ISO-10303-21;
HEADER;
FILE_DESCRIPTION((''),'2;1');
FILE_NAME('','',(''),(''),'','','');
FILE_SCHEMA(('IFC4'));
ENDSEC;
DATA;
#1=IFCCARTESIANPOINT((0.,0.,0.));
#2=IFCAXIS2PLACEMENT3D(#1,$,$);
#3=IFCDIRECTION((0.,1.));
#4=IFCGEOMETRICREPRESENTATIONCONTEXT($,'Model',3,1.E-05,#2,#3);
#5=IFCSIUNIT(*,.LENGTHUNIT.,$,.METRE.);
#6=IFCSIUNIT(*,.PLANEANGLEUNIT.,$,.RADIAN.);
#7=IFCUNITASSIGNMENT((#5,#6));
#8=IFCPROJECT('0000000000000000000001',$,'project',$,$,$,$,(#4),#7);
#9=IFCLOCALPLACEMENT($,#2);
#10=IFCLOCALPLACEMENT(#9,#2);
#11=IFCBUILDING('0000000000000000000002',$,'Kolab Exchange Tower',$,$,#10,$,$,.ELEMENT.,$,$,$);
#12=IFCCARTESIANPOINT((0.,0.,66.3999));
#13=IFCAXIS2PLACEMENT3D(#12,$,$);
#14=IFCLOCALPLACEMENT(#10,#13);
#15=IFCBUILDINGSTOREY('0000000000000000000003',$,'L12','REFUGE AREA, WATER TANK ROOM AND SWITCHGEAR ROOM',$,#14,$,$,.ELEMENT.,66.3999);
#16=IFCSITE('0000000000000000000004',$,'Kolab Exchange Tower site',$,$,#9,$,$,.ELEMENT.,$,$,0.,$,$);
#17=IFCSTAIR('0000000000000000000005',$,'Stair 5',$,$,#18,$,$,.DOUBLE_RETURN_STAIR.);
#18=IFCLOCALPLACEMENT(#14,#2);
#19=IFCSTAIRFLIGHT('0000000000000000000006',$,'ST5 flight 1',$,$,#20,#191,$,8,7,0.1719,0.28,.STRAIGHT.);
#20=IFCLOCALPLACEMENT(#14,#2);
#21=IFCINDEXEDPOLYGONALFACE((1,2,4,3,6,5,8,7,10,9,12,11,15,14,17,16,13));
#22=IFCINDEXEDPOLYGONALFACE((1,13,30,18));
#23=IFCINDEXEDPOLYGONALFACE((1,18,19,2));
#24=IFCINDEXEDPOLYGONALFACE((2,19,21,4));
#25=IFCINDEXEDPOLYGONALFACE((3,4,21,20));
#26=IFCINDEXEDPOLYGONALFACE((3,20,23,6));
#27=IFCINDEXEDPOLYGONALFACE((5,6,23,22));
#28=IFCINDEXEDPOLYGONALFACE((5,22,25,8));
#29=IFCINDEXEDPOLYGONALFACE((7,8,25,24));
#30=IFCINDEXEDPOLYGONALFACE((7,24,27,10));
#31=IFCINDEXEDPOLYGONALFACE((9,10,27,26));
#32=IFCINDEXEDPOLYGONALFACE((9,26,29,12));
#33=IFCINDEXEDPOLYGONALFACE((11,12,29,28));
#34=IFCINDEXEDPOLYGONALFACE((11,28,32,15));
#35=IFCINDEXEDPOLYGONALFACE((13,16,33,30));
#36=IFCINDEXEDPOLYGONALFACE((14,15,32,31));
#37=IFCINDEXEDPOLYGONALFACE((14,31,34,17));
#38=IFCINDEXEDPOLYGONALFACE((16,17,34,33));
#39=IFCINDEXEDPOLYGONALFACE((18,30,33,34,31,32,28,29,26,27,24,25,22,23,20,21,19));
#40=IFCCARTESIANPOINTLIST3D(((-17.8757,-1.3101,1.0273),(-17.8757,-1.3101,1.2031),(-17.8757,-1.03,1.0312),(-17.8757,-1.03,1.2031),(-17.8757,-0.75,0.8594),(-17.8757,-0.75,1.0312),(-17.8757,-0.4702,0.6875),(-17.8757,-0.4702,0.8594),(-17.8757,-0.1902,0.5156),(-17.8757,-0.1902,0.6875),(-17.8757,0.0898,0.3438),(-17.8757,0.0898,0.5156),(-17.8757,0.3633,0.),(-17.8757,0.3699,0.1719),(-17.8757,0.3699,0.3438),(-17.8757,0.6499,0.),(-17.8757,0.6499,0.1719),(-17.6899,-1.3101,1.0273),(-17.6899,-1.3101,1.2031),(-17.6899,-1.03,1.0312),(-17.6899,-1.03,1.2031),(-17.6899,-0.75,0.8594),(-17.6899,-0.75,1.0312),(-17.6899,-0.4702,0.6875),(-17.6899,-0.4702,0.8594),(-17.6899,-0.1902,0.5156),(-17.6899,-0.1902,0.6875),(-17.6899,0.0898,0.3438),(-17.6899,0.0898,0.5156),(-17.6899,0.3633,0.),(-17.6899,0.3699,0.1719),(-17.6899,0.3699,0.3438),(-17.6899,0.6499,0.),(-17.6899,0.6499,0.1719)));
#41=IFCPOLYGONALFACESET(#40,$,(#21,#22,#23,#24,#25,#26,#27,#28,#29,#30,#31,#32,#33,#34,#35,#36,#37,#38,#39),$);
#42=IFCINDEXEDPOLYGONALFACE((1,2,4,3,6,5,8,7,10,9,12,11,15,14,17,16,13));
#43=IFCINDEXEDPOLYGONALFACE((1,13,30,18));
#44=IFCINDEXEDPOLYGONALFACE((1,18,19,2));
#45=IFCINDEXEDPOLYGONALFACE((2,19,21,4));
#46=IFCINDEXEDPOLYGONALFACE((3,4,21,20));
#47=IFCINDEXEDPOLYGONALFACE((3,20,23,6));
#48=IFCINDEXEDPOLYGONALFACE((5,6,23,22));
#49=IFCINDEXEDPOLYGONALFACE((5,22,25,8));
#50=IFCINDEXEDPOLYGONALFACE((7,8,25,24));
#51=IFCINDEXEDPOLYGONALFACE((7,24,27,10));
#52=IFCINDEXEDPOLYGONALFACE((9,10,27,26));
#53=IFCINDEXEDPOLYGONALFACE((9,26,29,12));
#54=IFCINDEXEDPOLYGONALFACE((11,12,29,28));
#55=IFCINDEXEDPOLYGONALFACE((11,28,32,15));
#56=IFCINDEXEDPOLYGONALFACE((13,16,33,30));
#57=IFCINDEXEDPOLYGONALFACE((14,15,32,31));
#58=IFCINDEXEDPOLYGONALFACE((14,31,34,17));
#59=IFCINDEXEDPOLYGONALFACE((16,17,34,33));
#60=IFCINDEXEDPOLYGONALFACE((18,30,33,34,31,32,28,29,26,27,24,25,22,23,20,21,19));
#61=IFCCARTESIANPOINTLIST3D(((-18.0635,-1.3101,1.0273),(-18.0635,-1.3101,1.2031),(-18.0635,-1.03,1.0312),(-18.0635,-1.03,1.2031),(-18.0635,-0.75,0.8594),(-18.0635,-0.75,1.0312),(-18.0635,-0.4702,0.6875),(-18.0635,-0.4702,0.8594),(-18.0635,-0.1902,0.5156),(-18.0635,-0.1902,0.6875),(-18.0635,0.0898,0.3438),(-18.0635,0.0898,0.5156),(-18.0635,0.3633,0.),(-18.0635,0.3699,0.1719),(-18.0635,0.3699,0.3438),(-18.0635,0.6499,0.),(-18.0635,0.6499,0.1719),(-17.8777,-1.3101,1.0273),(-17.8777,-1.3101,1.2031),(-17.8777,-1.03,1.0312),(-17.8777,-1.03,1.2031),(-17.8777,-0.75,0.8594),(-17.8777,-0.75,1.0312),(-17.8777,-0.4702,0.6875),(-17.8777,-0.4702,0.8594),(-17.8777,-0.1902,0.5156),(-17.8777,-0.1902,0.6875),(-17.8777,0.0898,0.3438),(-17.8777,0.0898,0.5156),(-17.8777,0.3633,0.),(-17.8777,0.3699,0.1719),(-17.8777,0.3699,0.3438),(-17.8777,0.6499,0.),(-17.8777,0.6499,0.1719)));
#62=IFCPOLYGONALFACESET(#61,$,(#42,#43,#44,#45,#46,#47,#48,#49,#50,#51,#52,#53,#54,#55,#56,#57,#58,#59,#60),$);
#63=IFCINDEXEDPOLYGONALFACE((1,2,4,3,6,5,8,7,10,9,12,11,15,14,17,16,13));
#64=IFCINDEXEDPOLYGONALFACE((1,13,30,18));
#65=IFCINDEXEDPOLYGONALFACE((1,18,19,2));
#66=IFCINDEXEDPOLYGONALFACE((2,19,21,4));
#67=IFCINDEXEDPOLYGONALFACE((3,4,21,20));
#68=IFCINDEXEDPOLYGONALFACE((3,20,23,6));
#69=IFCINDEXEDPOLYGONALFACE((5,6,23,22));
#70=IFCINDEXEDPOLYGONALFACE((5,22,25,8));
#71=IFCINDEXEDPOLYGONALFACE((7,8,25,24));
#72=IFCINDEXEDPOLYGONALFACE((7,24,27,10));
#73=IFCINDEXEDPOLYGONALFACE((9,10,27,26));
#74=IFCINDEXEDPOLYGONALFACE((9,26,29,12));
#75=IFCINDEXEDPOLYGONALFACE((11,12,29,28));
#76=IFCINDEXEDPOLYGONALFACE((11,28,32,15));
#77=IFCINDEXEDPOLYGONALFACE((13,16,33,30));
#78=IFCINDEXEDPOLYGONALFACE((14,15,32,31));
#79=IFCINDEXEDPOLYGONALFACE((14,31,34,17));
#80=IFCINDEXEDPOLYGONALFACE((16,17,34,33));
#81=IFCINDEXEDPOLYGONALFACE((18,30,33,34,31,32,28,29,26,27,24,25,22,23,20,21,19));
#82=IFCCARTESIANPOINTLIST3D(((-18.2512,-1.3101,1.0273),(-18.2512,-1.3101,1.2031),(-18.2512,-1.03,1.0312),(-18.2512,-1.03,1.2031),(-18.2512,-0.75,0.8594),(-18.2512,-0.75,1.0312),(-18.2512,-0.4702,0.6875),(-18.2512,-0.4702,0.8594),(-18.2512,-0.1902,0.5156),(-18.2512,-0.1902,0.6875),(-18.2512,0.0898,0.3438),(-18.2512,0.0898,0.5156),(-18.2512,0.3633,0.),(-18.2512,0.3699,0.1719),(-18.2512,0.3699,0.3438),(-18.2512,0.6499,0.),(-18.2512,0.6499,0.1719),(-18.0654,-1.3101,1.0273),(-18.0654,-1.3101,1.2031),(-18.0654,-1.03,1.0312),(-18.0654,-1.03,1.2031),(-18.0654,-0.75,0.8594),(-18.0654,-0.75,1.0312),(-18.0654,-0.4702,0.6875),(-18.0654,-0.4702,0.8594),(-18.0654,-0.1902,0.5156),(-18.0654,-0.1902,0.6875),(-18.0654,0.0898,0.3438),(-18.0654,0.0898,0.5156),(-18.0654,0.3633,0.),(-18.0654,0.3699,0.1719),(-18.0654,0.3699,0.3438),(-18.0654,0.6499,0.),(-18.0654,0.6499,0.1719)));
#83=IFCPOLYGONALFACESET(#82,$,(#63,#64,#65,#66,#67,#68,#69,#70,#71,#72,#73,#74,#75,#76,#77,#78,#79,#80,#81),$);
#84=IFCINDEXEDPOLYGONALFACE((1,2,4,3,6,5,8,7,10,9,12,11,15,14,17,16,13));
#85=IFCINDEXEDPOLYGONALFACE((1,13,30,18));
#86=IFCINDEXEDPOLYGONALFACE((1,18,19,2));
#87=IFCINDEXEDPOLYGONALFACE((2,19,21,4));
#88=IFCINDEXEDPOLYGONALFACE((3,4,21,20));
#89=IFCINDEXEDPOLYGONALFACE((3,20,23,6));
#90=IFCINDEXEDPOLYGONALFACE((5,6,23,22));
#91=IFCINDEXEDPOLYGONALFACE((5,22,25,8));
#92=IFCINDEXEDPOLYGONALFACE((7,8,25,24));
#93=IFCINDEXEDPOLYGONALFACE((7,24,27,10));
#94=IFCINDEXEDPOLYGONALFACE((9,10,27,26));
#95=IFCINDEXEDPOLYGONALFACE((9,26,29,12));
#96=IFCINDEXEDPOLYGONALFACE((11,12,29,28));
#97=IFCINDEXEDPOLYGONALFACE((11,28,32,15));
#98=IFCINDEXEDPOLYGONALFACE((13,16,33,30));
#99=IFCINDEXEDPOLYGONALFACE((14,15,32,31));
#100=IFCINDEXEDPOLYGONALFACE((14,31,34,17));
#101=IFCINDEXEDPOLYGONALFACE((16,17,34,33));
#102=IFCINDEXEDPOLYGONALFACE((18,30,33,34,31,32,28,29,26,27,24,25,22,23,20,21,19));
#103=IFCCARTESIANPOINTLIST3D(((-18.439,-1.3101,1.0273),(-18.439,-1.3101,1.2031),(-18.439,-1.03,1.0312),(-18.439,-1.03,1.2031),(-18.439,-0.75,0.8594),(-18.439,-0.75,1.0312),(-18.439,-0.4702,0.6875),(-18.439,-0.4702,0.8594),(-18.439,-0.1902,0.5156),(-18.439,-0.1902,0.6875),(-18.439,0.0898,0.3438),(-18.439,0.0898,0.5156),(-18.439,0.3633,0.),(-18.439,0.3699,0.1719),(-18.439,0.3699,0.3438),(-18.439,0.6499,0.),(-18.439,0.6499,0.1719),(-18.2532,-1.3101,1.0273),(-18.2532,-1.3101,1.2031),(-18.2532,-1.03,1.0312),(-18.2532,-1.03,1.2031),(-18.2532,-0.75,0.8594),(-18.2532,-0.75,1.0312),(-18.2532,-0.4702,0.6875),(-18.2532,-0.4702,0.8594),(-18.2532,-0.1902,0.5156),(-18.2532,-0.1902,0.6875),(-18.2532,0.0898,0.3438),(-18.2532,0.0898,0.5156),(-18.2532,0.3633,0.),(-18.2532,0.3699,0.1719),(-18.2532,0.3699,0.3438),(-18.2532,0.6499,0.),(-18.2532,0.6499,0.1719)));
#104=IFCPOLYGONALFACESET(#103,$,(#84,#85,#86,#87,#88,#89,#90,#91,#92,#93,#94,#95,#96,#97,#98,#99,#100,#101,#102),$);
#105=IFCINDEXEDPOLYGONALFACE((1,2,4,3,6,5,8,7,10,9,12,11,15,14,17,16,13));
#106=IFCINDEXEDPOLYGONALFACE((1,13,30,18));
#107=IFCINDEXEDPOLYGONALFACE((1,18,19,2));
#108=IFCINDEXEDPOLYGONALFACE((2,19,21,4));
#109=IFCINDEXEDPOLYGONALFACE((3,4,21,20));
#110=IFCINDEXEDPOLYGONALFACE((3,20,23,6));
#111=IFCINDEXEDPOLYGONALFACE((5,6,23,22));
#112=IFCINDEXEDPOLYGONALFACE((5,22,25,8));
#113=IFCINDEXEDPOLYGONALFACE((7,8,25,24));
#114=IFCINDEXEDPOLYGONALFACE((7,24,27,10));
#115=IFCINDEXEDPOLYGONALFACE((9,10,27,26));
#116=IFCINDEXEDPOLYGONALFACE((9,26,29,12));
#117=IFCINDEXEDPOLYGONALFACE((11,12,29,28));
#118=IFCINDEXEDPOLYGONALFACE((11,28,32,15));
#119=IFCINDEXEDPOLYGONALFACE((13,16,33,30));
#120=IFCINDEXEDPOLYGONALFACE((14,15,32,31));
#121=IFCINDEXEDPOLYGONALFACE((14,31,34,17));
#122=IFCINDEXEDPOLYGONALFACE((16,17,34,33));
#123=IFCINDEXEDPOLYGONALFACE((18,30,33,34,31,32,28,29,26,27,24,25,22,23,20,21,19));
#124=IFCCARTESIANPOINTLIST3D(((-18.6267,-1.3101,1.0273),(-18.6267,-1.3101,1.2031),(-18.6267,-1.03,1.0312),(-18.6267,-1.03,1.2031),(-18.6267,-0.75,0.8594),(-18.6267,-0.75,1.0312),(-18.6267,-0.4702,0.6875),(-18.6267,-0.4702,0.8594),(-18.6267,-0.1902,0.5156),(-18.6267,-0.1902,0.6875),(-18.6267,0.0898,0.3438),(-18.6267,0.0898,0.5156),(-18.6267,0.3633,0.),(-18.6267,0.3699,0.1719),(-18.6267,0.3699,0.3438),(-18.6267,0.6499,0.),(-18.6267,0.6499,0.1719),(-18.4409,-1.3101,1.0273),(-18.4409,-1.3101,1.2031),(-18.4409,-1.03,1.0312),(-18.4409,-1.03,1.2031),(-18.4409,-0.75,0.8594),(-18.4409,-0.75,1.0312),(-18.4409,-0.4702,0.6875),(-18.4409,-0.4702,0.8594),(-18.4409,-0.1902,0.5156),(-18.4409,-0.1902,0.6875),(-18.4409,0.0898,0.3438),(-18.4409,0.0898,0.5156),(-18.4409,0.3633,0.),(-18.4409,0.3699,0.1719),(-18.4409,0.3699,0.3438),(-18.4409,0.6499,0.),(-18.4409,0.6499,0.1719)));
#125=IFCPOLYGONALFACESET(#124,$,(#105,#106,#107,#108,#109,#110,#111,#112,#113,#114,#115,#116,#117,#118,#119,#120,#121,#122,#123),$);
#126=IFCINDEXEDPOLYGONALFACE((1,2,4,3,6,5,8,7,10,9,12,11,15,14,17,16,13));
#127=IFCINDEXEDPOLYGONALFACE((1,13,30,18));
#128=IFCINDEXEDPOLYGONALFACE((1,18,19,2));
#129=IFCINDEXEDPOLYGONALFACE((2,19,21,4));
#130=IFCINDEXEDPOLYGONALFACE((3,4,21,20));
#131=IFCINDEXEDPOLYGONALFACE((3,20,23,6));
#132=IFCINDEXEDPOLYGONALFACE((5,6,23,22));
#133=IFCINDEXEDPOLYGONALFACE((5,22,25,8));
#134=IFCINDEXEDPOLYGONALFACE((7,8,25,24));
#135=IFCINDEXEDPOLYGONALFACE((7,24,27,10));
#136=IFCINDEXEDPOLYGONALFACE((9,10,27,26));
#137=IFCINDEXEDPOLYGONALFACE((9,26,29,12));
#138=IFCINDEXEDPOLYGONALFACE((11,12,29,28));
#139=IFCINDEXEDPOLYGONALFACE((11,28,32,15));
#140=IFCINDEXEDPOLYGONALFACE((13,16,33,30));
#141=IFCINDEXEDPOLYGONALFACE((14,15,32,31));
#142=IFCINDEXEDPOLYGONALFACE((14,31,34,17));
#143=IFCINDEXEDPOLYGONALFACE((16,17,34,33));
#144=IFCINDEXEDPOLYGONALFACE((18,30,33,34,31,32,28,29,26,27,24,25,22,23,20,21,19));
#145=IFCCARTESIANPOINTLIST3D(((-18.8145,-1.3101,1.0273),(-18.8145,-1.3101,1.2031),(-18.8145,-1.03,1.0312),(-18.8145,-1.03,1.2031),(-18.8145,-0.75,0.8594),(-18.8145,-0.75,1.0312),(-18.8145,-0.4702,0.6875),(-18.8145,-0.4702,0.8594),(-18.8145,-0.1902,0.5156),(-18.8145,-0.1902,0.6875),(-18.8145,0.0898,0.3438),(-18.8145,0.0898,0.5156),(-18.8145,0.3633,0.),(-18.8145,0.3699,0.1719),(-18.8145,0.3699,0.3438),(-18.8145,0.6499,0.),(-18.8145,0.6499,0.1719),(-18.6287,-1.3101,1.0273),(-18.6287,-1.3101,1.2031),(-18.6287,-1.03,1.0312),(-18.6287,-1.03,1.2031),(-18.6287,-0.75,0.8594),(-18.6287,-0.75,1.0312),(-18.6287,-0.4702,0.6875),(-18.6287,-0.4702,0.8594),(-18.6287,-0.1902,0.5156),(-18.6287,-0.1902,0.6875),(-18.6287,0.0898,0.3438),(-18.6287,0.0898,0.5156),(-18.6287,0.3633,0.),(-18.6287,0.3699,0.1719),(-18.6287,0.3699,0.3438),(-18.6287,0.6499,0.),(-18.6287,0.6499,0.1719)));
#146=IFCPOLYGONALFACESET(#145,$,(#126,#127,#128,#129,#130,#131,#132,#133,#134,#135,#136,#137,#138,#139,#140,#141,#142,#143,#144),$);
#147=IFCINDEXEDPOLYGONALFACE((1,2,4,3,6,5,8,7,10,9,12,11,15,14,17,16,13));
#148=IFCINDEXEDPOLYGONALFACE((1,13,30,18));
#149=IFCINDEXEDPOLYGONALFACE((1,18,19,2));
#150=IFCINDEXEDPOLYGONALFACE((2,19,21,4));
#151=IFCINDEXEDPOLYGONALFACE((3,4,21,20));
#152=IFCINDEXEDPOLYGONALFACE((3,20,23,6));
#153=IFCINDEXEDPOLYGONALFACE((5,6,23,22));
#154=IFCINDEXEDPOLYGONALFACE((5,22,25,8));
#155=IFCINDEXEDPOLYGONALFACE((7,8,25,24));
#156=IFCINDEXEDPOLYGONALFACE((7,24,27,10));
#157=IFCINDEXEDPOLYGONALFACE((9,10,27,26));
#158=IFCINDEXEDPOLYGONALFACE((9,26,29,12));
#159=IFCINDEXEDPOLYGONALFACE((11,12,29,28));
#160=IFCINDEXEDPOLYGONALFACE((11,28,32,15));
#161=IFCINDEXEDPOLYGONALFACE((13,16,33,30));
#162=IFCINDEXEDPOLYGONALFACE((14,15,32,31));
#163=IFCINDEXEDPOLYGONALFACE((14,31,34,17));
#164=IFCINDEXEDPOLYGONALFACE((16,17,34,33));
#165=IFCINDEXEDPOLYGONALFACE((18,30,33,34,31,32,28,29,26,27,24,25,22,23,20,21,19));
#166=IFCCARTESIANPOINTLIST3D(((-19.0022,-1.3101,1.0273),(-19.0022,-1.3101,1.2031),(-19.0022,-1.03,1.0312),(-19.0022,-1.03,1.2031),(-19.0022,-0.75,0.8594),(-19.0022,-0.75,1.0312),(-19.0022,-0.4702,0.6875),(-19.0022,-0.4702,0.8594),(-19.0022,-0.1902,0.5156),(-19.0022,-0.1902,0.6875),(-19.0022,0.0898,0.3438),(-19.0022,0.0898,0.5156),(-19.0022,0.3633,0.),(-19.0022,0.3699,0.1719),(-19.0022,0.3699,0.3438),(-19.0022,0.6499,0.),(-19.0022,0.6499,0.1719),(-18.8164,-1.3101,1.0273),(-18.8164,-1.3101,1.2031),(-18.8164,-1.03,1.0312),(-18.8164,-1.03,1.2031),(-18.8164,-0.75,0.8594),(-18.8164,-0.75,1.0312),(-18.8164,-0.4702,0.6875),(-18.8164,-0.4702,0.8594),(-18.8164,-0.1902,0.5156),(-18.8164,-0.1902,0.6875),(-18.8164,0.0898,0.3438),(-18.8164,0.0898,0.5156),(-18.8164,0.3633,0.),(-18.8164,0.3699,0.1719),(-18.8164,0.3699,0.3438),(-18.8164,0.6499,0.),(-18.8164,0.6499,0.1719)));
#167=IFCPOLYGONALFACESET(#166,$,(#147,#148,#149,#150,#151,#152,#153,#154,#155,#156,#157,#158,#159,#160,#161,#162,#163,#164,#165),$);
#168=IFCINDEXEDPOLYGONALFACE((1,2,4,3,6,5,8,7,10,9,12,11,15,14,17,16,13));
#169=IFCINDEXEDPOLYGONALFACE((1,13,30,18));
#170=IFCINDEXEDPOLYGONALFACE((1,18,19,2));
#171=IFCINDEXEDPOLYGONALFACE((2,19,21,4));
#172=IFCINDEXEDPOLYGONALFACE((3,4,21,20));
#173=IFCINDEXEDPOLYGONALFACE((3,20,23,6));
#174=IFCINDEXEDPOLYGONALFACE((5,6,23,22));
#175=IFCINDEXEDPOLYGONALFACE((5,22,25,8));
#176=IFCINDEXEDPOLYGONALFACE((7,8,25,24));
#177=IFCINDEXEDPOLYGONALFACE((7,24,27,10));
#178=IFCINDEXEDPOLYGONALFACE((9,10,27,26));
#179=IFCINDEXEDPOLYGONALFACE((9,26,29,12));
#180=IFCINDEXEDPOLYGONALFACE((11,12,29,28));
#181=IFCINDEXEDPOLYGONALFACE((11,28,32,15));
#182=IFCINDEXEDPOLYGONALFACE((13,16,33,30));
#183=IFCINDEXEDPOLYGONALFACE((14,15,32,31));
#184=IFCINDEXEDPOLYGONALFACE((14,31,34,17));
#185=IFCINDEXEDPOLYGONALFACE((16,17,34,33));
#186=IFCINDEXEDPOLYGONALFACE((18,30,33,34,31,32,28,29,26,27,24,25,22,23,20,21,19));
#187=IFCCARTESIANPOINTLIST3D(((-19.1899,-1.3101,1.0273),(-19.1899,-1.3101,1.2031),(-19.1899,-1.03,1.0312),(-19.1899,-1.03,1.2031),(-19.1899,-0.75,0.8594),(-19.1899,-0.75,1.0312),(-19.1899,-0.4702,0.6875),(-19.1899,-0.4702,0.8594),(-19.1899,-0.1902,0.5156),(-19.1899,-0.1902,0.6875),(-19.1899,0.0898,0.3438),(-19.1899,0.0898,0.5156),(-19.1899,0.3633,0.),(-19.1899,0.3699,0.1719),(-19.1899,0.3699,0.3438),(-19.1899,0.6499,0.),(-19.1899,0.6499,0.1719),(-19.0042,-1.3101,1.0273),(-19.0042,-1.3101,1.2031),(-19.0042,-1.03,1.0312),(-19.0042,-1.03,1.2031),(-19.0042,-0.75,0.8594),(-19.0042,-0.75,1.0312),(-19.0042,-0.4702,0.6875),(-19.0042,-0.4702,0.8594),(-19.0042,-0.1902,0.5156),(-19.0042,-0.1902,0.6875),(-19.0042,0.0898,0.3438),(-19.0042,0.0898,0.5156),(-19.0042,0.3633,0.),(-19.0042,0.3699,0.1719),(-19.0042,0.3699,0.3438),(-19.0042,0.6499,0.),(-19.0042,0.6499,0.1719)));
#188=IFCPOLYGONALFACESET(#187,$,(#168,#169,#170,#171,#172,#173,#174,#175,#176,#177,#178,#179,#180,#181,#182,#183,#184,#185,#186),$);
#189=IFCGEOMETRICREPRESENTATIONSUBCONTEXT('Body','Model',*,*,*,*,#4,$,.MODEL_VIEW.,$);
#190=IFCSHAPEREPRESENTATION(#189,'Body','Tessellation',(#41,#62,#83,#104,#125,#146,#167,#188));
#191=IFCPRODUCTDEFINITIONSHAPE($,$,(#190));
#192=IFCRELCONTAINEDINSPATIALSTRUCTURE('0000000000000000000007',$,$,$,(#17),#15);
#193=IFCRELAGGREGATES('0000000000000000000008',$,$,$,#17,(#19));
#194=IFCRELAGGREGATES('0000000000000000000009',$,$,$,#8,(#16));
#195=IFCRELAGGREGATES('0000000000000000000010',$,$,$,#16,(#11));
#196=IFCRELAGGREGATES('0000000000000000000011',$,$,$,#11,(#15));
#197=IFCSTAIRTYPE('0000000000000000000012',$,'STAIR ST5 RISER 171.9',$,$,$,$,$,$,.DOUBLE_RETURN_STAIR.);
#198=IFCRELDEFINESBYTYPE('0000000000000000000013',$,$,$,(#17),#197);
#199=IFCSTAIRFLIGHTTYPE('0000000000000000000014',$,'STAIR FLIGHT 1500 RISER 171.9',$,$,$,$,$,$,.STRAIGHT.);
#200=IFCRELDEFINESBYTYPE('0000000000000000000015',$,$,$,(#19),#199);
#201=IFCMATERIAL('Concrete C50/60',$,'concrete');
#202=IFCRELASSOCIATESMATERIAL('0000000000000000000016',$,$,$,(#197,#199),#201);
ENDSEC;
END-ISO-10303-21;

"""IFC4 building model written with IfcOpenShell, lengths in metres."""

from ifc_helpers import new_model, si_unit, direction, frame, origin, place, context, subcontext, project, spatial, polyline, outline, extrude, material, type_object, element, aggregate, save


model = new_model("IFC4")

# Units and contexts
model_context = context("Model", 3, precision=1e-05, world=origin(), true_north=direction((0.0, 1.0)))
body_context = subcontext(model_context, "Body", "Model", "MODEL_VIEW")
ifc_project = project(units=[si_unit("LENGTHUNIT", "METRE"), si_unit("PLANEANGLEUNIT", "RADIAN")], contexts=[model_context])

# Site, building, storey
site_placement = place(None, origin())
site = spatial("IfcSite", under=ifc_project, at=site_placement, Name="Kolab Exchange Tower site", CompositionType="ELEMENT", RefElevation=0.0)
building_placement = place(site_placement, origin())
building = spatial("IfcBuilding", under=site, at=building_placement, Name="Kolab Exchange Tower", CompositionType="ELEMENT")
storey_placement = place(building_placement, frame((0.0, 0.0, 66.3999)))
storey = spatial("IfcBuildingStorey", under=building, at=storey_placement, Name="L12", Description="REFUGE AREA, WATER TANK ROOM AND SWITCHGEAR ROOM", CompositionType="ELEMENT", Elevation=66.3999)

# Shared definitions
ifc_material_1 = material(Name="Concrete C50/60", Category="concrete")

# Stair, stair flight
stair_type = type_object("IfcStairType", Name="STAIR ST5 RISER 171.9", PredefinedType="DOUBLE_RETURN_STAIR", material=ifc_material_1)
stair_placement = place(storey_placement, origin())
stair = element("IfcStair", 1, at=stair_placement, inside=storey, type_object=stair_type, Name="Stair 5", PredefinedType="DOUBLE_RETURN_STAIR")
stair_flight_type = type_object("IfcStairFlightType", Name="STAIR FLIGHT 1500 RISER 171.9", PredefinedType="STRAIGHT", material=ifc_material_1)
stair_flight_1_placement = place(storey_placement, frame((-18.4399, 0.6499, 0.0), z_axis=(0.0, 0.0, 1.0), x_axis=(0.0, -1.0, 0.0)))
stair_flight_1 = element("IfcStairFlight", 2, at=stair_flight_1_placement, type_object=stair_flight_type, Name="ST5 flight 1", NumberOfRisers=8, NumberOfTreads=7, PredefinedType="STRAIGHT", RiserHeight=0.1719, TreadLength=0.28, context=body_context, shape_type="SweptSolid", body=[
    extrude(outline(polyline([(0.0, 0.0), (0.0, 0.1719), (0.28, 0.1719), (0.28, 0.3438), (0.5601, 0.3438), (0.5601, 0.5156), (0.8401, 0.5156), (0.8401, 0.6875), (1.1201, 0.6875), (1.1201, 0.8594), (1.3999, 0.8594), (1.3999, 1.0312), (1.6799, 1.0312), (1.6799, 1.2031), (1.96, 1.2031), (1.96, 1.375), (1.96, 1.0273), (0.2866, 0.0), (0.0, 0.0)])), frame((0.0, 0.75, 0.0), z_axis=(0.0, -1.0, 0.0), x_axis=(1.0, 0.0, 0.0)), (0.0, 0.0, 1.0), 0.1858),
    extrude(outline(polyline([(0.0, 0.0), (0.0, 0.1719), (0.28, 0.1719), (0.28, 0.3438), (0.5601, 0.3438), (0.5601, 0.5156), (0.8401, 0.5156), (0.8401, 0.6875), (1.1201, 0.6875), (1.1201, 0.8594), (1.3999, 0.8594), (1.3999, 1.0312), (1.6799, 1.0312), (1.6799, 1.2031), (1.96, 1.2031), (1.96, 1.375), (1.96, 1.0273), (0.2866, 0.0), (0.0, 0.0)])), frame((0.0, 0.5623, 0.0), z_axis=(0.0, -1.0, 0.0), x_axis=(1.0, 0.0, 0.0)), (0.0, 0.0, 1.0), 0.1858),
    extrude(outline(polyline([(0.0, 0.0), (0.0, 0.1719), (0.28, 0.1719), (0.28, 0.3438), (0.5601, 0.3438), (0.5601, 0.5156), (0.8401, 0.5156), (0.8401, 0.6875), (1.1201, 0.6875), (1.1201, 0.8594), (1.3999, 0.8594), (1.3999, 1.0312), (1.6799, 1.0312), (1.6799, 1.2031), (1.96, 1.2031), (1.96, 1.375), (1.96, 1.0273), (0.2866, 0.0), (0.0, 0.0)])), frame((0.0, 0.3745, 0.0), z_axis=(0.0, -1.0, 0.0), x_axis=(1.0, 0.0, 0.0)), (0.0, 0.0, 1.0), 0.1858),
    extrude(outline(polyline([(0.0, 0.0), (0.0, 0.1719), (0.28, 0.1719), (0.28, 0.3438), (0.5601, 0.3438), (0.5601, 0.5156), (0.8401, 0.5156), (0.8401, 0.6875), (1.1201, 0.6875), (1.1201, 0.8594), (1.3999, 0.8594), (1.3999, 1.0312), (1.6799, 1.0312), (1.6799, 1.2031), (1.96, 1.2031), (1.96, 1.375), (1.96, 1.0273), (0.2866, 0.0), (0.0, 0.0)])), frame((0.0, 0.1868, 0.0), z_axis=(0.0, -1.0, 0.0), x_axis=(1.0, 0.0, 0.0)), (0.0, 0.0, 1.0), 0.1858),
    extrude(outline(polyline([(0.0, 0.0), (0.0, 0.1719), (0.28, 0.1719), (0.28, 0.3438), (0.5601, 0.3438), (0.5601, 0.5156), (0.8401, 0.5156), (0.8401, 0.6875), (1.1201, 0.6875), (1.1201, 0.8594), (1.3999, 0.8594), (1.3999, 1.0312), (1.6799, 1.0312), (1.6799, 1.2031), (1.96, 1.2031), (1.96, 1.375), (1.96, 1.0273), (0.2866, 0.0), (0.0, 0.0)])), frame((0.0, -0.001, 0.0), z_axis=(0.0, -1.0, 0.0), x_axis=(1.0, 0.0, 0.0)), (0.0, 0.0, 1.0), 0.1858),
    extrude(outline(polyline([(0.0, 0.0), (0.0, 0.1719), (0.28, 0.1719), (0.28, 0.3438), (0.5601, 0.3438), (0.5601, 0.5156), (0.8401, 0.5156), (0.8401, 0.6875), (1.1201, 0.6875), (1.1201, 0.8594), (1.3999, 0.8594), (1.3999, 1.0312), (1.6799, 1.0312), (1.6799, 1.2031), (1.96, 1.2031), (1.96, 1.375), (1.96, 1.0273), (0.2866, 0.0), (0.0, 0.0)])), frame((0.0, -0.1887, 0.0), z_axis=(0.0, -1.0, 0.0), x_axis=(1.0, 0.0, 0.0)), (0.0, 0.0, 1.0), 0.1858),
    extrude(outline(polyline([(0.0, 0.0), (0.0, 0.1719), (0.28, 0.1719), (0.28, 0.3438), (0.5601, 0.3438), (0.5601, 0.5156), (0.8401, 0.5156), (0.8401, 0.6875), (1.1201, 0.6875), (1.1201, 0.8594), (1.3999, 0.8594), (1.3999, 1.0312), (1.6799, 1.0312), (1.6799, 1.2031), (1.96, 1.2031), (1.96, 1.375), (1.96, 1.0273), (0.2866, 0.0), (0.0, 0.0)])), frame((0.0, -0.3765, 0.0), z_axis=(0.0, -1.0, 0.0), x_axis=(1.0, 0.0, 0.0)), (0.0, 0.0, 1.0), 0.1858),
    extrude(outline(polyline([(0.0, 0.0), (0.0, 0.1719), (0.28, 0.1719), (0.28, 0.3438), (0.5601, 0.3438), (0.5601, 0.5156), (0.8401, 0.5156), (0.8401, 0.6875), (1.1201, 0.6875), (1.1201, 0.8594), (1.3999, 0.8594), (1.3999, 1.0312), (1.6799, 1.0312), (1.6799, 1.2031), (1.96, 1.2031), (1.96, 1.375), (1.96, 1.0273), (0.2866, 0.0), (0.0, 0.0)])), frame((0.0, -0.5642, 0.0), z_axis=(0.0, -1.0, 0.0), x_axis=(1.0, 0.0, 0.0)), (0.0, 0.0, 1.0), 0.1858),
])
aggregate(stair, [stair_flight_1])

save(model, "model.ifc")
